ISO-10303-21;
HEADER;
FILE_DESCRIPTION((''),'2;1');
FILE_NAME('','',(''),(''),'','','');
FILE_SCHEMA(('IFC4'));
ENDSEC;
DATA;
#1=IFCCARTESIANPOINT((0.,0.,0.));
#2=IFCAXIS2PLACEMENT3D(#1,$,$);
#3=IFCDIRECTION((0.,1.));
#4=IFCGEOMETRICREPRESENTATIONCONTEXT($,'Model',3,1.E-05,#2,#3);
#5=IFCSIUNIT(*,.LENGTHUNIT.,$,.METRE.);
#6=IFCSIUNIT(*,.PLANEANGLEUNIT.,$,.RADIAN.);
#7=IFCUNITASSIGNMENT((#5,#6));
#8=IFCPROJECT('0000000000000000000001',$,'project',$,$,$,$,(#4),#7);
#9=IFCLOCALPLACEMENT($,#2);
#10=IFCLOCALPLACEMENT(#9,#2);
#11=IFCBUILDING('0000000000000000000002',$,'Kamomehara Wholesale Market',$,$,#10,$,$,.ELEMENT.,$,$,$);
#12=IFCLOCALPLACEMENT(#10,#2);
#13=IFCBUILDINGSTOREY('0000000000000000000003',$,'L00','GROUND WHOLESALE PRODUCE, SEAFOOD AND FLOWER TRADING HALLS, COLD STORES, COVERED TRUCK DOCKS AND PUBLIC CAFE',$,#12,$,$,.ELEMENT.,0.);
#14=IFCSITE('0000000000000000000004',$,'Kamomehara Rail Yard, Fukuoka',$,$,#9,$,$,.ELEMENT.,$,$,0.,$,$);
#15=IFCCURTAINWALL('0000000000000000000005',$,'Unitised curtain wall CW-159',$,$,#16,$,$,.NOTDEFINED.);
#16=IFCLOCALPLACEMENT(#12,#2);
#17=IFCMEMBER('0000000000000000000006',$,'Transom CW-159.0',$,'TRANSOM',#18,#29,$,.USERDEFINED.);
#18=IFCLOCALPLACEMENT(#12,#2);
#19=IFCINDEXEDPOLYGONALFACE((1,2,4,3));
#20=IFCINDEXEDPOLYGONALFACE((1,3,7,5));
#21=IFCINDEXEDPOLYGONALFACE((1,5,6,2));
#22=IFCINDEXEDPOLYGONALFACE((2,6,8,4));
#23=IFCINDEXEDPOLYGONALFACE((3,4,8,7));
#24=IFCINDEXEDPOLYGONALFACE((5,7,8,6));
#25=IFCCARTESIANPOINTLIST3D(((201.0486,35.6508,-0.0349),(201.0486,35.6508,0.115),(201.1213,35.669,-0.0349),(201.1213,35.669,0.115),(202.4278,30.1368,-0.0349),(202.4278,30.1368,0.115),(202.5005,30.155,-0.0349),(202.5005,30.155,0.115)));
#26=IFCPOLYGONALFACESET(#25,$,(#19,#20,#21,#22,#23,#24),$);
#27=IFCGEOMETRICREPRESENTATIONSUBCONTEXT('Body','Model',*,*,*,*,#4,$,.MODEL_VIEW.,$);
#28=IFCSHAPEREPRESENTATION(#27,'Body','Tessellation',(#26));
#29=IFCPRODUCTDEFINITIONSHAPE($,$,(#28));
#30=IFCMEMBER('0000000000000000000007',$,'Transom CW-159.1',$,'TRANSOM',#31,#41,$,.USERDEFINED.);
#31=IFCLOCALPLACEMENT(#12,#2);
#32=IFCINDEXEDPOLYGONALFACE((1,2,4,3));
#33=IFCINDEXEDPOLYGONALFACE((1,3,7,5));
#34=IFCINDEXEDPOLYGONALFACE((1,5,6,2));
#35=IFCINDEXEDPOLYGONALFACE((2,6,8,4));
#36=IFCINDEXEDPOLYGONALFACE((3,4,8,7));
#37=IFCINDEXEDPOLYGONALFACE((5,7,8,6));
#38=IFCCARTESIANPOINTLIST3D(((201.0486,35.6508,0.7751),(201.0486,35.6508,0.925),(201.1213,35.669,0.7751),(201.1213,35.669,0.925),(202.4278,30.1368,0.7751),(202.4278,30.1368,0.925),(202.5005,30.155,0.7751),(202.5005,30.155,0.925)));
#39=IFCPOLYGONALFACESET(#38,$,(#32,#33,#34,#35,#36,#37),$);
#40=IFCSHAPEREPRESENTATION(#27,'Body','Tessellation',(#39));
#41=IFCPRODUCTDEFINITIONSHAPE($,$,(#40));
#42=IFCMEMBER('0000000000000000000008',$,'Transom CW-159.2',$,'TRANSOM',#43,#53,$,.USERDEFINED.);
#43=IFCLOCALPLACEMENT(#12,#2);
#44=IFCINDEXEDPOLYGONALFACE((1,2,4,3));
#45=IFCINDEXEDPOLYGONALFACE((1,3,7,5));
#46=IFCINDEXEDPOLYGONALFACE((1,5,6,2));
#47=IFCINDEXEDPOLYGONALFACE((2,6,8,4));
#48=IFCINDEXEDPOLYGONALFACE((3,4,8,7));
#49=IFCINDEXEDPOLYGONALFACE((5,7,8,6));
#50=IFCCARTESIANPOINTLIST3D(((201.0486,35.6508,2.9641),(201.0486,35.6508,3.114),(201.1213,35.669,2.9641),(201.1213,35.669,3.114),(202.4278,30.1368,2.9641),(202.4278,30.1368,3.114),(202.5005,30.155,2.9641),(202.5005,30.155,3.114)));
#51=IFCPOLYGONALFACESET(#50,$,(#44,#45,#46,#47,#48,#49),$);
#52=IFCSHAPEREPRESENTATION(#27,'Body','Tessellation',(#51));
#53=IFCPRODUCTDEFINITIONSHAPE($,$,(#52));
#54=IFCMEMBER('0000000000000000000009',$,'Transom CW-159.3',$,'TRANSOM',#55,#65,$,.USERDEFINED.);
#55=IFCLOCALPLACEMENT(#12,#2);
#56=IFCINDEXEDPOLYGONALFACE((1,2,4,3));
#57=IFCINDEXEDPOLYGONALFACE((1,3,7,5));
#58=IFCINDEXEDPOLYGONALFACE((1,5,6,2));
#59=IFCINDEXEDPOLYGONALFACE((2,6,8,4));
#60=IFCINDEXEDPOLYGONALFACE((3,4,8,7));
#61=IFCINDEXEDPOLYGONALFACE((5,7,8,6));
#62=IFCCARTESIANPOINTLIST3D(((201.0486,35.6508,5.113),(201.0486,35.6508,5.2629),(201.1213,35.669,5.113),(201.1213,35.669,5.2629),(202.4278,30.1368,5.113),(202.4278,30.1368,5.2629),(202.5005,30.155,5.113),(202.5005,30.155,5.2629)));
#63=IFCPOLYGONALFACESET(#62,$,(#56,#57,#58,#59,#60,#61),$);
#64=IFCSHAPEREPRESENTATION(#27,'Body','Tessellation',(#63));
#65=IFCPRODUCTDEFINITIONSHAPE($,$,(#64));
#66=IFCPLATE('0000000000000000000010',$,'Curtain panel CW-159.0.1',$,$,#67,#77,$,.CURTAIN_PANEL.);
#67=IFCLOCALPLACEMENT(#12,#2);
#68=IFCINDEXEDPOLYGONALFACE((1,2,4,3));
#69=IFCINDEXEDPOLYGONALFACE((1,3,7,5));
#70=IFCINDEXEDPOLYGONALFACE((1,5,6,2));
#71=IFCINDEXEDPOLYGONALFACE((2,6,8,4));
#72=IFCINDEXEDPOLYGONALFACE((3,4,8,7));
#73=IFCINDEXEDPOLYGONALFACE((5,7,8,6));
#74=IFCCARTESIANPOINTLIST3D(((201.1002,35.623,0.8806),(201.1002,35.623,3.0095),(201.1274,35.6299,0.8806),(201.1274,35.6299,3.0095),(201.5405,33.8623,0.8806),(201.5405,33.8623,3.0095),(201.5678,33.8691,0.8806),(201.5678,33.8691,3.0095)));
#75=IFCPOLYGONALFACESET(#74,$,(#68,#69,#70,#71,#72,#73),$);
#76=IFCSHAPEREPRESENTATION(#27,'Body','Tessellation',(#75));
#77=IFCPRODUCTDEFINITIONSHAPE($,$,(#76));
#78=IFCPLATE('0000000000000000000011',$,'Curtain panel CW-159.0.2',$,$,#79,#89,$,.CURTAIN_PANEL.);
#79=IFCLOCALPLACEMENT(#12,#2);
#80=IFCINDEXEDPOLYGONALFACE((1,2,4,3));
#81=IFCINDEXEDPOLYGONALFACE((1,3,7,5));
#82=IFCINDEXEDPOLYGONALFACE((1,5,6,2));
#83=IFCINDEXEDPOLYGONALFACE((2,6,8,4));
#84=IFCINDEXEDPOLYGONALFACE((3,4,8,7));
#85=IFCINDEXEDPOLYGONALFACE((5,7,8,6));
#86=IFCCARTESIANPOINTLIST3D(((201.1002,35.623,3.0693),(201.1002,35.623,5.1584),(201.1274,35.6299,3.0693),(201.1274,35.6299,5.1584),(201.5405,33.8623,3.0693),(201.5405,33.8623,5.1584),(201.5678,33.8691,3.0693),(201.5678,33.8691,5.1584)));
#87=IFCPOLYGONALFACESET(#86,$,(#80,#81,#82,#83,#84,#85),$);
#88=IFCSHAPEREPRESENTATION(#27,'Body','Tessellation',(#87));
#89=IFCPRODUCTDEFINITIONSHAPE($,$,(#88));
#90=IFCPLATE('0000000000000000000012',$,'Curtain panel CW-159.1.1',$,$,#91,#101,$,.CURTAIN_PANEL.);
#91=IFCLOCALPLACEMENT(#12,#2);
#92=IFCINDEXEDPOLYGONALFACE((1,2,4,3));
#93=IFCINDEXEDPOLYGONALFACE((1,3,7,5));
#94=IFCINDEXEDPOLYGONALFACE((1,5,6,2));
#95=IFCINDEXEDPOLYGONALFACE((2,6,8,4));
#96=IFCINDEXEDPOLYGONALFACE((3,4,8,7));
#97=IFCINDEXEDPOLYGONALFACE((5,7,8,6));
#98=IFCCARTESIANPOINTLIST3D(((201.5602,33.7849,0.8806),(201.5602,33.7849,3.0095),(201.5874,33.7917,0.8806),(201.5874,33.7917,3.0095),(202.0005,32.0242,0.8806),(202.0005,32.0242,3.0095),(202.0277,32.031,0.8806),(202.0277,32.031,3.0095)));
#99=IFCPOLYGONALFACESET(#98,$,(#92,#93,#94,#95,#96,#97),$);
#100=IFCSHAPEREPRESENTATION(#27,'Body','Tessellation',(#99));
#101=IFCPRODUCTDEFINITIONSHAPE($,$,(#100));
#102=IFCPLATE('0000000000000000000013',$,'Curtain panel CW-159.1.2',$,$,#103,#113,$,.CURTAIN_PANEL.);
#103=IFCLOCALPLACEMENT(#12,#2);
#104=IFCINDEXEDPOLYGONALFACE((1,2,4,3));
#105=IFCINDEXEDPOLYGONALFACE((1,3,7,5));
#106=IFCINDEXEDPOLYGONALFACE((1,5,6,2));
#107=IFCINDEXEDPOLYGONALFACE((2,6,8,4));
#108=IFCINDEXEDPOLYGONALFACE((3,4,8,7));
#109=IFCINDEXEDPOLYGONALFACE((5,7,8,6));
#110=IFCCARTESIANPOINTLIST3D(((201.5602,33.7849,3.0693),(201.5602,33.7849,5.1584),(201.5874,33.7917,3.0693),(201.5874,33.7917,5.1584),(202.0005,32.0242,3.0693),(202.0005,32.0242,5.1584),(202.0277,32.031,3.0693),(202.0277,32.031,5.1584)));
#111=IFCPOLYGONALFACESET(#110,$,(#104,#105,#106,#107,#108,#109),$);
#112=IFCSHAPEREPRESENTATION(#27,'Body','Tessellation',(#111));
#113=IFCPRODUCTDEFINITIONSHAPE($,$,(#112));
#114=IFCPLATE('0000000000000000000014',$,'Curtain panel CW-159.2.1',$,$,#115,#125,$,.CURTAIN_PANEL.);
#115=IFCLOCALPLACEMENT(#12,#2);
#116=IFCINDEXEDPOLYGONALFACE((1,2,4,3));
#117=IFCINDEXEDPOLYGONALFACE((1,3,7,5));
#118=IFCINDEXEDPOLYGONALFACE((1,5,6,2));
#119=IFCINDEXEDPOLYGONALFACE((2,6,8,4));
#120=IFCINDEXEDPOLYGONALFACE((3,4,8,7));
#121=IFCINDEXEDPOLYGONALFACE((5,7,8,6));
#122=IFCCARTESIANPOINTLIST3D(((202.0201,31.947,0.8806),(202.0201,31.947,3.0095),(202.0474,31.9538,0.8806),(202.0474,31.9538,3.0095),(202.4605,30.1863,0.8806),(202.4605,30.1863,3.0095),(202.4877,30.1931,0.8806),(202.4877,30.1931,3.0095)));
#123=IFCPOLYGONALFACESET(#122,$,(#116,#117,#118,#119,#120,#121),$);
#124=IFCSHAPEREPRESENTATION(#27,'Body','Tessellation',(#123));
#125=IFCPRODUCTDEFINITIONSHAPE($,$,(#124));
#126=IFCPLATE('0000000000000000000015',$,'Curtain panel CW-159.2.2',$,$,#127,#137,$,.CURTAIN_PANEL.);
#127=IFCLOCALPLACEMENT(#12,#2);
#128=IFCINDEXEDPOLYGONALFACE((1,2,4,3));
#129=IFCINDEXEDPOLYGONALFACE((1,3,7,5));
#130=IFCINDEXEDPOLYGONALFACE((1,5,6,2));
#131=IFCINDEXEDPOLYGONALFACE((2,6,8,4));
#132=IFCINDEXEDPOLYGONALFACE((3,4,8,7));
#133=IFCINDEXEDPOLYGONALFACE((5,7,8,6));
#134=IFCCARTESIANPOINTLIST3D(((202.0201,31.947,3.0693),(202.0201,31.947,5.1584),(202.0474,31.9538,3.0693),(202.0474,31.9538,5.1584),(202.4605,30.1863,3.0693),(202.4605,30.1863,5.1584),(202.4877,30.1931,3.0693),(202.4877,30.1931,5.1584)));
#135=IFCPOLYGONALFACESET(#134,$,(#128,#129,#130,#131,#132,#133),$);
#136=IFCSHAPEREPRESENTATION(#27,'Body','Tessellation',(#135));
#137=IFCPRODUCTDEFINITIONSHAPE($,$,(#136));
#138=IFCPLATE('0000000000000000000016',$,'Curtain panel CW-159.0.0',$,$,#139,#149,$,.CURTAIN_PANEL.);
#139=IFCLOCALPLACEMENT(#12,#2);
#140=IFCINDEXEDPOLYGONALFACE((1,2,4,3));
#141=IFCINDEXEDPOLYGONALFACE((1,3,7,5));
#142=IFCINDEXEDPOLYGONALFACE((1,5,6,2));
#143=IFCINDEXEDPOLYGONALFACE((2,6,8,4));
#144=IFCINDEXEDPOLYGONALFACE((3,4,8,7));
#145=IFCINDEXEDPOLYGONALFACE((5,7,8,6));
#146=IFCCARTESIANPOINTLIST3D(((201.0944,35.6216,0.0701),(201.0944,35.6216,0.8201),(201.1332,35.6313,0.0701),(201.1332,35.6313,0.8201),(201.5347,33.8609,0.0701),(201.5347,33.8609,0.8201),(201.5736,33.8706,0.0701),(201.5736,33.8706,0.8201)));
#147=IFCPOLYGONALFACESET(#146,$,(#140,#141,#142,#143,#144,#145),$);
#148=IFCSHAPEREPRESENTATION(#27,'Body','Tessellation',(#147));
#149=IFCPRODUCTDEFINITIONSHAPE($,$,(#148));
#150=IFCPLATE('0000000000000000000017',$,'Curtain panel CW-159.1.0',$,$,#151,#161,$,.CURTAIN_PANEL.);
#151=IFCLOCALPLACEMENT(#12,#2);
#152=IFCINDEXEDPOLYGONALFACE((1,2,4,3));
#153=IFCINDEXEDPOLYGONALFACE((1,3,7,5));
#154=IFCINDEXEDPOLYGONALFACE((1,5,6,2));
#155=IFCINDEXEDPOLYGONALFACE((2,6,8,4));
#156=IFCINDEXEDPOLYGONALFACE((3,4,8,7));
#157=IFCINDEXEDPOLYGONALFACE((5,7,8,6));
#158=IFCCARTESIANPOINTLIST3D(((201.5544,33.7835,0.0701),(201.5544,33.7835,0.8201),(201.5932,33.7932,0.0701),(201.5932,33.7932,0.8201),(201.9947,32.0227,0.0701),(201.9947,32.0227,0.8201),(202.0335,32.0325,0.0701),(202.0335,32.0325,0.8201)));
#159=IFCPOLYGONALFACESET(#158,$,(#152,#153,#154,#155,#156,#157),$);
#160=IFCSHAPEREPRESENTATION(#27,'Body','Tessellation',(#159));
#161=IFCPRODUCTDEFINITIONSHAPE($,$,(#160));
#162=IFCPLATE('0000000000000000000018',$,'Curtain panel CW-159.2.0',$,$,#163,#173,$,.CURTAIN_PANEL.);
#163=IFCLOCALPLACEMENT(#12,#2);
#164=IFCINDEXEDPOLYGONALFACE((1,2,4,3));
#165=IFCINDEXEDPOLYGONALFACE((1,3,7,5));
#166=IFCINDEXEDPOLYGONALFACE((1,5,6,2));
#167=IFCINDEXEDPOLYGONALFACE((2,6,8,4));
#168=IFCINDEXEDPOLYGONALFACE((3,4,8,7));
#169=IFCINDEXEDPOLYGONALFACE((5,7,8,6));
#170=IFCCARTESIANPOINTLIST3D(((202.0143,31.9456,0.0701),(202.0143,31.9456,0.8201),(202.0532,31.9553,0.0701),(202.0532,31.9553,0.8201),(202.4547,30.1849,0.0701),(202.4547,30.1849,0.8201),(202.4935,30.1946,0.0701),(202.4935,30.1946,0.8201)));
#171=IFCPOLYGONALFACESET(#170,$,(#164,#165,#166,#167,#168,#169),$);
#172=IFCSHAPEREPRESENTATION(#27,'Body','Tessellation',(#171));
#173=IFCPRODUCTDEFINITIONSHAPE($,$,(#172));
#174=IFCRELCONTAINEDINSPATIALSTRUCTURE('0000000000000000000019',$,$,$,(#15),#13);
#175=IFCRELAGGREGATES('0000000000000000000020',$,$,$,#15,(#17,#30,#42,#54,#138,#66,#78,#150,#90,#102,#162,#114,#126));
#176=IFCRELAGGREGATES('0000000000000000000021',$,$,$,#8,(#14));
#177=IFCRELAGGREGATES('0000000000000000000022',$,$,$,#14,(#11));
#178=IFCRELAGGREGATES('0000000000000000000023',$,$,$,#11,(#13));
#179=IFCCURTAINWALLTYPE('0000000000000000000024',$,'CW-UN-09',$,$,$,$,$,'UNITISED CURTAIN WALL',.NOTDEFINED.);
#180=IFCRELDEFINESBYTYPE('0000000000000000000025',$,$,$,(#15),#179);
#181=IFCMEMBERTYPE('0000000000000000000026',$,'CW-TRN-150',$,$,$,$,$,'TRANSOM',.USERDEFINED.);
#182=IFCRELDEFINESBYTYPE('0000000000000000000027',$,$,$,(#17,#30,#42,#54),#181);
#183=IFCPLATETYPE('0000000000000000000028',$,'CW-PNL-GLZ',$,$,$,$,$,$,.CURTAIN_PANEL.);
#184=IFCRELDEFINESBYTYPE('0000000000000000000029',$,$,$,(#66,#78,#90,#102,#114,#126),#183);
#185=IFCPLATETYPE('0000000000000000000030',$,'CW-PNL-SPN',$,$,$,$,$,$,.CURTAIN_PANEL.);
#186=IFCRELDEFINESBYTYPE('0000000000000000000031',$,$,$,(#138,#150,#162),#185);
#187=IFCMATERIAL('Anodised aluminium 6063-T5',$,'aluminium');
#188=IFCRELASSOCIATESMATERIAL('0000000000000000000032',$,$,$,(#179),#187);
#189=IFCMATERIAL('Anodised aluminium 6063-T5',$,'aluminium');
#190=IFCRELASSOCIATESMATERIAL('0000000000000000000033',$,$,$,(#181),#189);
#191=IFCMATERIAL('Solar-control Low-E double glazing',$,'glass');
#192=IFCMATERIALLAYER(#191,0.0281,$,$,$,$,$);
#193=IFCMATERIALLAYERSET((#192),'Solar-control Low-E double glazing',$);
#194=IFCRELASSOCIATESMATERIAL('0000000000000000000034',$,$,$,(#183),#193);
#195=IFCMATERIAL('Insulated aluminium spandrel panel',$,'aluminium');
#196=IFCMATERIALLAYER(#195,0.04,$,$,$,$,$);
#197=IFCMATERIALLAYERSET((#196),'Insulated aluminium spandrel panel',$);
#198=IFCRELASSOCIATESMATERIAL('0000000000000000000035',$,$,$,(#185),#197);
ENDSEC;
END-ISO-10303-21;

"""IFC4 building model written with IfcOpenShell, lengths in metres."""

from ifc_helpers import new_model, si_unit, direction, frame, origin, origin_2d, place, context, subcontext, project, spatial, rectangle, extrude, material, layer, layer_set, material_profile, profile_set, type_object, element, aggregate, save


model = new_model("IFC4")

# Units and contexts
model_context = context("Model", 3, precision=1e-05, world=origin(), true_north=direction((0.0, 1.0)))
body_context = subcontext(model_context, "Body", "Model", "MODEL_VIEW")
ifc_project = project(units=[si_unit("LENGTHUNIT", "METRE"), si_unit("PLANEANGLEUNIT", "RADIAN")], contexts=[model_context])

# Site, building, storey
site_placement = place(None, origin())
site = spatial("IfcSite", under=ifc_project, at=site_placement, Name="Kamomehara Rail Yard, Fukuoka", CompositionType="ELEMENT", RefElevation=0.0)
building_placement = place(site_placement, origin())
building = spatial("IfcBuilding", under=site, at=building_placement, Name="Kamomehara Wholesale Market", CompositionType="ELEMENT")
storey_placement = place(building_placement, origin())
storey = spatial("IfcBuildingStorey", under=building, at=storey_placement, Name="L00", Description="GROUND WHOLESALE PRODUCE, SEAFOOD AND FLOWER TRADING HALLS, COLD STORES, COVERED TRUCK DOCKS AND PUBLIC CAFE", CompositionType="ELEMENT", Elevation=0.0)

# Curtain wall, members, plates
ifc_material_1 = material(Name="Anodised aluminium 6063-T5", Category="aluminium")
curtain_wall_type = type_object("IfcCurtainWallType", Name="CW-UN-09", ElementType="UNITISED CURTAIN WALL", PredefinedType="NOTDEFINED", material=ifc_material_1)
curtain_wall_placement = place(storey_placement, origin())
curtain_wall = element("IfcCurtainWall", 1, at=curtain_wall_placement, inside=storey, type_object=curtain_wall_type, Name="Unitised curtain wall CW-159", PredefinedType="NOTDEFINED")
ifc_material_2 = material(Name="Anodised aluminium 6063-T5", Category="aluminium")
ifc_material_profile_1 = material_profile(ifc_material_2, rectangle(XDim=0.075, YDim=0.1499, at=origin_2d()), Name="ALU-TRN-75x150")
ifc_profile_set_1 = profile_set([ifc_material_profile_1], Name="Anodised aluminium 6063-T5")
member_type_1 = type_object("IfcMemberType", Name="CW-TRN-150", ElementType="TRANSOM", PredefinedType="USERDEFINED", material=ifc_profile_set_1)
member_1_placement = place(storey_placement, frame((201.085, 35.6599, 0.04), z_axis=(0.242647, -0.970115, 0.0), x_axis=(0.970115, 0.242647, 0.0)))
member_1 = element("IfcMember", 2, at=member_1_placement, type_object=member_type_1, Name="Transom CW-159.0", ObjectType="TRANSOM", PredefinedType="USERDEFINED", context=body_context, shape_type="SweptSolid", body=[
    extrude(rectangle(XDim=0.075, YDim=0.1499, at=origin_2d()), origin(), (0.0, 0.0, 1.0), 5.6838),
])
member_2_placement = place(storey_placement, frame((201.085, 35.6599, 0.8501), z_axis=(0.242647, -0.970115, 0.0), x_axis=(0.970115, 0.242647, 0.0)))
member_2 = element("IfcMember", 3, at=member_2_placement, type_object=member_type_1, Name="Transom CW-159.1", ObjectType="TRANSOM", PredefinedType="USERDEFINED", context=body_context, shape_type="SweptSolid", body=[
    extrude(rectangle(XDim=0.075, YDim=0.1499, at=origin_2d()), origin(), (0.0, 0.0, 1.0), 5.6838),
])
member_3_placement = place(storey_placement, frame((201.085, 35.6599, 3.0391), z_axis=(0.242647, -0.970115, 0.0), x_axis=(0.970115, 0.242647, 0.0)))
member_3 = element("IfcMember", 4, at=member_3_placement, type_object=member_type_1, Name="Transom CW-159.2", ObjectType="TRANSOM", PredefinedType="USERDEFINED", context=body_context, shape_type="SweptSolid", body=[
    extrude(rectangle(XDim=0.075, YDim=0.1499, at=origin_2d()), origin(), (0.0, 0.0, 1.0), 5.6838),
])
member_4_placement = place(storey_placement, frame((201.085, 35.6599, 5.188), z_axis=(0.242647, -0.970115, 0.0), x_axis=(0.970115, 0.242647, 0.0)))
member_4 = element("IfcMember", 5, at=member_4_placement, type_object=member_type_1, Name="Transom CW-159.3", ObjectType="TRANSOM", PredefinedType="USERDEFINED", context=body_context, shape_type="SweptSolid", body=[
    extrude(rectangle(XDim=0.075, YDim=0.1499, at=origin_2d()), origin(), (0.0, 0.0, 1.0), 5.6838),
])
ifc_material_3 = material(Name="Solar-control Low-E double glazing", Category="glass")
ifc_layer_1 = layer(ifc_material_3, 0.0281)
ifc_layer_set_1 = layer_set([ifc_layer_1], Name="Solar-control Low-E double glazing")
plate_type_1 = type_object("IfcPlateType", Name="CW-PNL-GLZ", PredefinedType="CURTAIN_PANEL", material=ifc_layer_set_1)
plate_1_placement = place(storey_placement, frame((201.334, 34.7461, 0.8806), z_axis=(0.0, 0.0, 1.0), x_axis=(0.242616, -0.970122, 0.0)))
plate_1 = element("IfcPlate", 6, at=plate_1_placement, type_object=plate_type_1, Name="Curtain panel CW-159.0.1", PredefinedType="CURTAIN_PANEL", context=body_context, shape_type="SweptSolid", body=[
    extrude(rectangle(XDim=1.8149, YDim=0.0281, at=origin_2d()), origin(), (0.0, 0.0, 1.0), 2.1289),
])
plate_2_placement = place(storey_placement, frame((201.334, 34.7461, 3.0693), z_axis=(0.0, 0.0, 1.0), x_axis=(0.242616, -0.970122, 0.0)))
plate_2 = element("IfcPlate", 7, at=plate_2_placement, type_object=plate_type_1, Name="Curtain panel CW-159.0.2", PredefinedType="CURTAIN_PANEL", context=body_context, shape_type="SweptSolid", body=[
    extrude(rectangle(XDim=1.8149, YDim=0.0281, at=origin_2d()), origin(), (0.0, 0.0, 1.0), 2.0891),
])
plate_3_placement = place(storey_placement, frame((201.7939, 32.908, 0.8806), z_axis=(0.0, 0.0, 1.0), x_axis=(0.242616, -0.970122, 0.0)))
plate_3 = element("IfcPlate", 8, at=plate_3_placement, type_object=plate_type_1, Name="Curtain panel CW-159.1.1", PredefinedType="CURTAIN_PANEL", context=body_context, shape_type="SweptSolid", body=[
    extrude(rectangle(XDim=1.8149, YDim=0.0281, at=origin_2d()), origin(), (0.0, 0.0, 1.0), 2.1289),
])
plate_4_placement = place(storey_placement, frame((201.7939, 32.908, 3.0693), z_axis=(0.0, 0.0, 1.0), x_axis=(0.242616, -0.970122, 0.0)))
plate_4 = element("IfcPlate", 9, at=plate_4_placement, type_object=plate_type_1, Name="Curtain panel CW-159.1.2", PredefinedType="CURTAIN_PANEL", context=body_context, shape_type="SweptSolid", body=[
    extrude(rectangle(XDim=1.8149, YDim=0.0281, at=origin_2d()), origin(), (0.0, 0.0, 1.0), 2.0891),
])
plate_5_placement = place(storey_placement, frame((202.2539, 31.0701, 0.8806), z_axis=(0.0, 0.0, 1.0), x_axis=(0.242616, -0.970122, 0.0)))
plate_5 = element("IfcPlate", 10, at=plate_5_placement, type_object=plate_type_1, Name="Curtain panel CW-159.2.1", PredefinedType="CURTAIN_PANEL", context=body_context, shape_type="SweptSolid", body=[
    extrude(rectangle(XDim=1.8149, YDim=0.0281, at=origin_2d()), origin(), (0.0, 0.0, 1.0), 2.1289),
])
plate_6_placement = place(storey_placement, frame((202.2539, 31.0701, 3.0693), z_axis=(0.0, 0.0, 1.0), x_axis=(0.242616, -0.970122, 0.0)))
plate_6 = element("IfcPlate", 11, at=plate_6_placement, type_object=plate_type_1, Name="Curtain panel CW-159.2.2", PredefinedType="CURTAIN_PANEL", context=body_context, shape_type="SweptSolid", body=[
    extrude(rectangle(XDim=1.8149, YDim=0.0281, at=origin_2d()), origin(), (0.0, 0.0, 1.0), 2.0891),
])
ifc_material_4 = material(Name="Insulated aluminium spandrel panel", Category="aluminium")
ifc_layer_2 = layer(ifc_material_4, 0.04)
ifc_layer_set_2 = layer_set([ifc_layer_2], Name="Insulated aluminium spandrel panel")
plate_type_2 = type_object("IfcPlateType", Name="CW-PNL-SPN", PredefinedType="CURTAIN_PANEL", material=ifc_layer_set_2)
plate_7_placement = place(storey_placement, frame((201.334, 34.7461, 0.0701), z_axis=(0.0, 0.0, 1.0), x_axis=(0.242616, -0.970122, 0.0)))
plate_7 = element("IfcPlate", 12, at=plate_7_placement, type_object=plate_type_2, Name="Curtain panel CW-159.0.0", PredefinedType="CURTAIN_PANEL", context=body_context, shape_type="SweptSolid", body=[
    extrude(rectangle(XDim=1.8149, YDim=0.04, at=origin_2d()), origin(), (0.0, 0.0, 1.0), 0.75),
])
plate_8_placement = place(storey_placement, frame((201.7939, 32.908, 0.0701), z_axis=(0.0, 0.0, 1.0), x_axis=(0.242616, -0.970122, 0.0)))
plate_8 = element("IfcPlate", 13, at=plate_8_placement, type_object=plate_type_2, Name="Curtain panel CW-159.1.0", PredefinedType="CURTAIN_PANEL", context=body_context, shape_type="SweptSolid", body=[
    extrude(rectangle(XDim=1.8149, YDim=0.04, at=origin_2d()), origin(), (0.0, 0.0, 1.0), 0.75),
])
plate_9_placement = place(storey_placement, frame((202.2539, 31.0701, 0.0701), z_axis=(0.0, 0.0, 1.0), x_axis=(0.242616, -0.970122, 0.0)))
plate_9 = element("IfcPlate", 14, at=plate_9_placement, type_object=plate_type_2, Name="Curtain panel CW-159.2.0", PredefinedType="CURTAIN_PANEL", context=body_context, shape_type="SweptSolid", body=[
    extrude(rectangle(XDim=1.8149, YDim=0.04, at=origin_2d()), origin(), (0.0, 0.0, 1.0), 0.75),
])
aggregate(curtain_wall, [member_1, member_2, member_3, member_4, plate_7, plate_1, plate_2, plate_8, plate_3, plate_4, plate_9, plate_5, plate_6])

save(model, "model.ifc")
